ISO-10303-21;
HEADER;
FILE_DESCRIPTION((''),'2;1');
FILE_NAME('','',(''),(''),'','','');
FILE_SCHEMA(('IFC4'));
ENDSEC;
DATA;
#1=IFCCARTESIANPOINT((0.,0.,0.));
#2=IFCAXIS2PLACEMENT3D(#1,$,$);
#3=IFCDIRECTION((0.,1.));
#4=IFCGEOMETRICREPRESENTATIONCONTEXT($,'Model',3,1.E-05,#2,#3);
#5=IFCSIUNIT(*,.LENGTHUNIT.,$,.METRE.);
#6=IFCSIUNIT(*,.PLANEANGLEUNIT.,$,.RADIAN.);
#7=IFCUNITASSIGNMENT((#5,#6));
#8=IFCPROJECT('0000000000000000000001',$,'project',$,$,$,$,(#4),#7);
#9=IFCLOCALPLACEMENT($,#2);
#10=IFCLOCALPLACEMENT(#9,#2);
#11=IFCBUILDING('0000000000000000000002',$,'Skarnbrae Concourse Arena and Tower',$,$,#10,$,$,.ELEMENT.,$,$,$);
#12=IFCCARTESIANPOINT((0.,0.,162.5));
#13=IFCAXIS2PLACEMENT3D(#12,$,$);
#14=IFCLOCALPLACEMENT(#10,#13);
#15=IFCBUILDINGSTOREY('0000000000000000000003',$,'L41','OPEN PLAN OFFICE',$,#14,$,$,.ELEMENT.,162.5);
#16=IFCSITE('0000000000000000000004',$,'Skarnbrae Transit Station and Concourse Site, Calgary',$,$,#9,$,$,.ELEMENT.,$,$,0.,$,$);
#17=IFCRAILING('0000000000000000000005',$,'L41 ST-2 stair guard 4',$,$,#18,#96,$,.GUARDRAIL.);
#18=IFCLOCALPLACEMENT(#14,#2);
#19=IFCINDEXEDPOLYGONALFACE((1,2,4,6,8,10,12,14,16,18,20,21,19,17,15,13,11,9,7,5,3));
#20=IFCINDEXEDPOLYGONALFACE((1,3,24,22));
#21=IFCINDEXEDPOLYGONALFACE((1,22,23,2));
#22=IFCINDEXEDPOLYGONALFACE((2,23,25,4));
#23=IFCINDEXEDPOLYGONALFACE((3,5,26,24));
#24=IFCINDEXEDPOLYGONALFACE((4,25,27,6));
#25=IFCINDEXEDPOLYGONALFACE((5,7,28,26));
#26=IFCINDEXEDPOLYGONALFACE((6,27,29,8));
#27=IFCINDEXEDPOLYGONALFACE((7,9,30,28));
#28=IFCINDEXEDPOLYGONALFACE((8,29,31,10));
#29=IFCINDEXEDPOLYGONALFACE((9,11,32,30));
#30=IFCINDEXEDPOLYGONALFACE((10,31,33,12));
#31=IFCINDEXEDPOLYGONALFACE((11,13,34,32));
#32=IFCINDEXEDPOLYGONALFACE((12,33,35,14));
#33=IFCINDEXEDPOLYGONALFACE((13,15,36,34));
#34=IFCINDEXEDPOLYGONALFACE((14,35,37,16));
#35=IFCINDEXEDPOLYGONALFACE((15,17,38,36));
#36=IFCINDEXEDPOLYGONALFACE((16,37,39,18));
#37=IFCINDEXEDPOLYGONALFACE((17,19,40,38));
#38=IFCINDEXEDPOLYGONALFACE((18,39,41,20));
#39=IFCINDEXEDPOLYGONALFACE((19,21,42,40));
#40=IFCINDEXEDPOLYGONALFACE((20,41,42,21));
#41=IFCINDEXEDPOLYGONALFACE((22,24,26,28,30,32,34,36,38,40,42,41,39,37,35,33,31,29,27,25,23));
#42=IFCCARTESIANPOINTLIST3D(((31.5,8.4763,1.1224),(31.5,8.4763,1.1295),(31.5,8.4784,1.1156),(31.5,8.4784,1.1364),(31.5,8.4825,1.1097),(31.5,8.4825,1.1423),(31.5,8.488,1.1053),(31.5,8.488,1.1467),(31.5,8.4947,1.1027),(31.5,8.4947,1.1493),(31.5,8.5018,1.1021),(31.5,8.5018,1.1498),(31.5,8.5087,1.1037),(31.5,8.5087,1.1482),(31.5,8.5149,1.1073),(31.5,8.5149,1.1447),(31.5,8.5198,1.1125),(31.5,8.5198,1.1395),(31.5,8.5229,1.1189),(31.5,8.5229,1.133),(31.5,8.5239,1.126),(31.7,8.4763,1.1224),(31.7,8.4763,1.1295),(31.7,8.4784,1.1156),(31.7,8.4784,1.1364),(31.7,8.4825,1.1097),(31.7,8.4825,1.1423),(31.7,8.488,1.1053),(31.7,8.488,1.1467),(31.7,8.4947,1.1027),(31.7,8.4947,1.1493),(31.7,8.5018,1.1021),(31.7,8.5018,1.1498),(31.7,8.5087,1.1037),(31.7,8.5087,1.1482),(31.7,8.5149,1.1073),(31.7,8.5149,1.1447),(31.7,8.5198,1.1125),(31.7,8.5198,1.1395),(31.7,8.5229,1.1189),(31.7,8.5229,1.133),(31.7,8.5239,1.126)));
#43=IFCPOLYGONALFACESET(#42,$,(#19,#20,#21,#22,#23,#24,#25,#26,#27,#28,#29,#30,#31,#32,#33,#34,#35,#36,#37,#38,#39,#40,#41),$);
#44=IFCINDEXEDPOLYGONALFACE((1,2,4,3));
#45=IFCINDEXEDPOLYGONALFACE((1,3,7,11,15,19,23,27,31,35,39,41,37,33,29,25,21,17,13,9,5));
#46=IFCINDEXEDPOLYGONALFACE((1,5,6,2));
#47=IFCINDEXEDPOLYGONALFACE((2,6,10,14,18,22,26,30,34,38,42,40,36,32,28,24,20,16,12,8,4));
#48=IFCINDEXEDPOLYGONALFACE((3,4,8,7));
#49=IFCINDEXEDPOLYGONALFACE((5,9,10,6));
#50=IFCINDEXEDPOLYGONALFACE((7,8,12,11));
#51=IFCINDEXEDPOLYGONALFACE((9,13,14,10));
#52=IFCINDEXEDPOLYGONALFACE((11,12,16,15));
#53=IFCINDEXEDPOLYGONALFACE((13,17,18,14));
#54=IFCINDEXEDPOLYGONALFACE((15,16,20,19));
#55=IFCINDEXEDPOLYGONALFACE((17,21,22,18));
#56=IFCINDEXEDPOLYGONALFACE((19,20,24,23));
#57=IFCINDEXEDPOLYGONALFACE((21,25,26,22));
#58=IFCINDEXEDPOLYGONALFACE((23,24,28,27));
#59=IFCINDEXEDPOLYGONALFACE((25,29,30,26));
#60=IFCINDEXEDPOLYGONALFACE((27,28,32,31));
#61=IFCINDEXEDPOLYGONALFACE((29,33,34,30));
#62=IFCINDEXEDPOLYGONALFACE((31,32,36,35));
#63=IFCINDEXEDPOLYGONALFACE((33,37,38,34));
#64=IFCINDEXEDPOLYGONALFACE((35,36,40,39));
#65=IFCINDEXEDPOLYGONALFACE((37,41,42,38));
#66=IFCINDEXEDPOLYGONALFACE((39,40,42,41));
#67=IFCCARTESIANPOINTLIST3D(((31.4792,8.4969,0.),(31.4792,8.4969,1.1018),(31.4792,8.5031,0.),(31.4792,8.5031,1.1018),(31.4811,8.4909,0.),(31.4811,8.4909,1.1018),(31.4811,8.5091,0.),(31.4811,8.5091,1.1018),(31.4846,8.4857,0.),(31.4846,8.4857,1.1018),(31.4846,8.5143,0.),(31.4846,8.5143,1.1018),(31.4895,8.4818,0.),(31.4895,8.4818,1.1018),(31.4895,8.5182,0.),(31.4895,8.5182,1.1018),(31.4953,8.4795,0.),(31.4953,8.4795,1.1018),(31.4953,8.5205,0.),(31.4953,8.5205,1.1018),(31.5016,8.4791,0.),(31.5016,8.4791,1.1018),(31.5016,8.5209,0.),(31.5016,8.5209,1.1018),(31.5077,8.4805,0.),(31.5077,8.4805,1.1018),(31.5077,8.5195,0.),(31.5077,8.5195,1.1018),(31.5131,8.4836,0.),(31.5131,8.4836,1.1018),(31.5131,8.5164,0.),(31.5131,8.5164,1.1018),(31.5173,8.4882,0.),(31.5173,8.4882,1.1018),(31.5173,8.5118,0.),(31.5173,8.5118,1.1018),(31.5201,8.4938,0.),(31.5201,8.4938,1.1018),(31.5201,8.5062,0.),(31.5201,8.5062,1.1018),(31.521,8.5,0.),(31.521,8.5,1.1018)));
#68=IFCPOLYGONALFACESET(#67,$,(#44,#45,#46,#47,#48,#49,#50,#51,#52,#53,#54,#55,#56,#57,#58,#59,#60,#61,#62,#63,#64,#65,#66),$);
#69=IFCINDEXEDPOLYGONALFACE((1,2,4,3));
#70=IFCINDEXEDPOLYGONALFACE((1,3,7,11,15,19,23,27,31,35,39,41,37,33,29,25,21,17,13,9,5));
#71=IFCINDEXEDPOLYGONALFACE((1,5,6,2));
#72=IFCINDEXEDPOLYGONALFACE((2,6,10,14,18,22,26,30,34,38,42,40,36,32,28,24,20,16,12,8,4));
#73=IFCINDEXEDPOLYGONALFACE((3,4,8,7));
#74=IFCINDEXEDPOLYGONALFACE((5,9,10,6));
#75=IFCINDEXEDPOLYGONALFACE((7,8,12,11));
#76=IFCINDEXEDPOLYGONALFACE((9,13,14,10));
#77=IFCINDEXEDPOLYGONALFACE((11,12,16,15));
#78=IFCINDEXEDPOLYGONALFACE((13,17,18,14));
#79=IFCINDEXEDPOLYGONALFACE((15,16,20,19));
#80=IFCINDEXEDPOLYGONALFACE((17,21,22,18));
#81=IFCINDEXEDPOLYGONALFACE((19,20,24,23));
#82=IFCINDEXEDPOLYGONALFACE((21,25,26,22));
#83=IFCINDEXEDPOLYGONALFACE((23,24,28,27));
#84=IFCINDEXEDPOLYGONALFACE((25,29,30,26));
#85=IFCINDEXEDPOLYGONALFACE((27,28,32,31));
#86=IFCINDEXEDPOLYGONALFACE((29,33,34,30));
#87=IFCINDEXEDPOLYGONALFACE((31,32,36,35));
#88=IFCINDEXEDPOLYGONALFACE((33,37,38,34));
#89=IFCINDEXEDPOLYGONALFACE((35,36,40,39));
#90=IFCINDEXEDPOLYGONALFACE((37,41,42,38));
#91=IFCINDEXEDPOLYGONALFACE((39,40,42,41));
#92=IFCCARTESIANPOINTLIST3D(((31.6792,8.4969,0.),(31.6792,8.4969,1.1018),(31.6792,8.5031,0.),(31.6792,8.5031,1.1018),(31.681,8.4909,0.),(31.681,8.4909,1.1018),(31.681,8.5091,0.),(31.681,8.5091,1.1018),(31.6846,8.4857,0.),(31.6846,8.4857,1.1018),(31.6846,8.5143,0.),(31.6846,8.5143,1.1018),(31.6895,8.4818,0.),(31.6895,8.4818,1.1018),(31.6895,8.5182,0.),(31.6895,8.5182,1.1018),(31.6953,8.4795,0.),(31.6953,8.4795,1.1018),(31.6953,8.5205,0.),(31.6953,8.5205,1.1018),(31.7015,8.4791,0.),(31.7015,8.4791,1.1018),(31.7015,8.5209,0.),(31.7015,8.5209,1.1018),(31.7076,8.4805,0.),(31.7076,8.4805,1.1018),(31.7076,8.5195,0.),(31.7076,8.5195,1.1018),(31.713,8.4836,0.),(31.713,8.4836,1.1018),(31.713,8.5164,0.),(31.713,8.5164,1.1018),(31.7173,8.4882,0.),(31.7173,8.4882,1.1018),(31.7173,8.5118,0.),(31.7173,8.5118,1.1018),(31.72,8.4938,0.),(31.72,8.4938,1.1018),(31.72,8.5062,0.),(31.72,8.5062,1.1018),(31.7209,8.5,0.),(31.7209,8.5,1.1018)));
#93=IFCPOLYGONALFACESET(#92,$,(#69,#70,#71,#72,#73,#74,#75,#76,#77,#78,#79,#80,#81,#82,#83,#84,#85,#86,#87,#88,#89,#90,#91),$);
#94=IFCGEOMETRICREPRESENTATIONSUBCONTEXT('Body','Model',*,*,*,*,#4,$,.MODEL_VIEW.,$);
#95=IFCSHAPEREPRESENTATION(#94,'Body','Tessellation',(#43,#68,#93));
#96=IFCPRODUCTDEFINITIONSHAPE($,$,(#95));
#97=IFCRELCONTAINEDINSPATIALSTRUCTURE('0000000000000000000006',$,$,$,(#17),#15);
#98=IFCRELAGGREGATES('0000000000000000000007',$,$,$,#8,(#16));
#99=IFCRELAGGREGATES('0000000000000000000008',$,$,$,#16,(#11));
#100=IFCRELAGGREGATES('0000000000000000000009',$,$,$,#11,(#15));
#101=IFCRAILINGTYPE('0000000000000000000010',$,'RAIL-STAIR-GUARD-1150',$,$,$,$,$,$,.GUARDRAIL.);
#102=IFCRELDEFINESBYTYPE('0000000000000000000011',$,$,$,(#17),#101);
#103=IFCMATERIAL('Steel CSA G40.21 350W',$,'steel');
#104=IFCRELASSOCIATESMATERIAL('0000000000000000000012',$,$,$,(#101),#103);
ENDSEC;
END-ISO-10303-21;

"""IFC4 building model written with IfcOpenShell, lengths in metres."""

from ifc_helpers import new_model, si_unit, direction, frame, origin, origin_2d, place, context, subcontext, project, spatial, circle, extrude, material, type_object, element, save


model = new_model("IFC4")

# Units and contexts
model_context = context("Model", 3, precision=1e-05, world=origin(), true_north=direction((0.0, 1.0)))
body_context = subcontext(model_context, "Body", "Model", "MODEL_VIEW")
ifc_project = project(units=[si_unit("LENGTHUNIT", "METRE"), si_unit("PLANEANGLEUNIT", "RADIAN")], contexts=[model_context])

# Site, building, storey
site_placement = place(None, origin())
site = spatial("IfcSite", under=ifc_project, at=site_placement, Name="Skarnbrae Transit Station and Concourse Site, Calgary", CompositionType="ELEMENT", RefElevation=0.0)
building_placement = place(site_placement, origin())
building = spatial("IfcBuilding", under=site, at=building_placement, Name="Skarnbrae Concourse Arena and Tower", CompositionType="ELEMENT")
storey_placement = place(building_placement, frame((0.0, 0.0, 162.5)))
storey = spatial("IfcBuildingStorey", under=building, at=storey_placement, Name="L41", Description="OPEN PLAN OFFICE", CompositionType="ELEMENT", Elevation=162.5)

# Shared definitions
ifc_material_1 = material(Name="Steel CSA G40.21 350W", Category="steel")

# Railing
railing_type = type_object("IfcRailingType", Name="RAIL-STAIR-GUARD-1150", PredefinedType="GUARDRAIL", material=ifc_material_1)
railing_placement = place(storey_placement, frame((31.5, 8.5, 0.0)))
element("IfcRailing", 1, at=railing_placement, inside=storey, type_object=railing_type, Name="L41 ST-2 stair guard 4", PredefinedType="GUARDRAIL", context=body_context, shape_type="SweptSolid", body=[
    extrude(circle(Radius=0.0239, at=origin_2d()), frame((0.0, 0.0, 1.126), z_axis=(1.0, 0.0, 0.0), x_axis=(0.0, 1.0, 0.0)), (0.0, 0.0, 1.0), 0.2),
    extrude(circle(Radius=0.021, at=origin_2d()), origin(), (0.0, 0.0, 1.0), 1.1018),
    extrude(circle(Radius=0.021, at=origin_2d()), frame((0.2, 0.0, 0.0)), (0.0, 0.0, 1.0), 1.1018),
])

save(model, "model.ifc")
